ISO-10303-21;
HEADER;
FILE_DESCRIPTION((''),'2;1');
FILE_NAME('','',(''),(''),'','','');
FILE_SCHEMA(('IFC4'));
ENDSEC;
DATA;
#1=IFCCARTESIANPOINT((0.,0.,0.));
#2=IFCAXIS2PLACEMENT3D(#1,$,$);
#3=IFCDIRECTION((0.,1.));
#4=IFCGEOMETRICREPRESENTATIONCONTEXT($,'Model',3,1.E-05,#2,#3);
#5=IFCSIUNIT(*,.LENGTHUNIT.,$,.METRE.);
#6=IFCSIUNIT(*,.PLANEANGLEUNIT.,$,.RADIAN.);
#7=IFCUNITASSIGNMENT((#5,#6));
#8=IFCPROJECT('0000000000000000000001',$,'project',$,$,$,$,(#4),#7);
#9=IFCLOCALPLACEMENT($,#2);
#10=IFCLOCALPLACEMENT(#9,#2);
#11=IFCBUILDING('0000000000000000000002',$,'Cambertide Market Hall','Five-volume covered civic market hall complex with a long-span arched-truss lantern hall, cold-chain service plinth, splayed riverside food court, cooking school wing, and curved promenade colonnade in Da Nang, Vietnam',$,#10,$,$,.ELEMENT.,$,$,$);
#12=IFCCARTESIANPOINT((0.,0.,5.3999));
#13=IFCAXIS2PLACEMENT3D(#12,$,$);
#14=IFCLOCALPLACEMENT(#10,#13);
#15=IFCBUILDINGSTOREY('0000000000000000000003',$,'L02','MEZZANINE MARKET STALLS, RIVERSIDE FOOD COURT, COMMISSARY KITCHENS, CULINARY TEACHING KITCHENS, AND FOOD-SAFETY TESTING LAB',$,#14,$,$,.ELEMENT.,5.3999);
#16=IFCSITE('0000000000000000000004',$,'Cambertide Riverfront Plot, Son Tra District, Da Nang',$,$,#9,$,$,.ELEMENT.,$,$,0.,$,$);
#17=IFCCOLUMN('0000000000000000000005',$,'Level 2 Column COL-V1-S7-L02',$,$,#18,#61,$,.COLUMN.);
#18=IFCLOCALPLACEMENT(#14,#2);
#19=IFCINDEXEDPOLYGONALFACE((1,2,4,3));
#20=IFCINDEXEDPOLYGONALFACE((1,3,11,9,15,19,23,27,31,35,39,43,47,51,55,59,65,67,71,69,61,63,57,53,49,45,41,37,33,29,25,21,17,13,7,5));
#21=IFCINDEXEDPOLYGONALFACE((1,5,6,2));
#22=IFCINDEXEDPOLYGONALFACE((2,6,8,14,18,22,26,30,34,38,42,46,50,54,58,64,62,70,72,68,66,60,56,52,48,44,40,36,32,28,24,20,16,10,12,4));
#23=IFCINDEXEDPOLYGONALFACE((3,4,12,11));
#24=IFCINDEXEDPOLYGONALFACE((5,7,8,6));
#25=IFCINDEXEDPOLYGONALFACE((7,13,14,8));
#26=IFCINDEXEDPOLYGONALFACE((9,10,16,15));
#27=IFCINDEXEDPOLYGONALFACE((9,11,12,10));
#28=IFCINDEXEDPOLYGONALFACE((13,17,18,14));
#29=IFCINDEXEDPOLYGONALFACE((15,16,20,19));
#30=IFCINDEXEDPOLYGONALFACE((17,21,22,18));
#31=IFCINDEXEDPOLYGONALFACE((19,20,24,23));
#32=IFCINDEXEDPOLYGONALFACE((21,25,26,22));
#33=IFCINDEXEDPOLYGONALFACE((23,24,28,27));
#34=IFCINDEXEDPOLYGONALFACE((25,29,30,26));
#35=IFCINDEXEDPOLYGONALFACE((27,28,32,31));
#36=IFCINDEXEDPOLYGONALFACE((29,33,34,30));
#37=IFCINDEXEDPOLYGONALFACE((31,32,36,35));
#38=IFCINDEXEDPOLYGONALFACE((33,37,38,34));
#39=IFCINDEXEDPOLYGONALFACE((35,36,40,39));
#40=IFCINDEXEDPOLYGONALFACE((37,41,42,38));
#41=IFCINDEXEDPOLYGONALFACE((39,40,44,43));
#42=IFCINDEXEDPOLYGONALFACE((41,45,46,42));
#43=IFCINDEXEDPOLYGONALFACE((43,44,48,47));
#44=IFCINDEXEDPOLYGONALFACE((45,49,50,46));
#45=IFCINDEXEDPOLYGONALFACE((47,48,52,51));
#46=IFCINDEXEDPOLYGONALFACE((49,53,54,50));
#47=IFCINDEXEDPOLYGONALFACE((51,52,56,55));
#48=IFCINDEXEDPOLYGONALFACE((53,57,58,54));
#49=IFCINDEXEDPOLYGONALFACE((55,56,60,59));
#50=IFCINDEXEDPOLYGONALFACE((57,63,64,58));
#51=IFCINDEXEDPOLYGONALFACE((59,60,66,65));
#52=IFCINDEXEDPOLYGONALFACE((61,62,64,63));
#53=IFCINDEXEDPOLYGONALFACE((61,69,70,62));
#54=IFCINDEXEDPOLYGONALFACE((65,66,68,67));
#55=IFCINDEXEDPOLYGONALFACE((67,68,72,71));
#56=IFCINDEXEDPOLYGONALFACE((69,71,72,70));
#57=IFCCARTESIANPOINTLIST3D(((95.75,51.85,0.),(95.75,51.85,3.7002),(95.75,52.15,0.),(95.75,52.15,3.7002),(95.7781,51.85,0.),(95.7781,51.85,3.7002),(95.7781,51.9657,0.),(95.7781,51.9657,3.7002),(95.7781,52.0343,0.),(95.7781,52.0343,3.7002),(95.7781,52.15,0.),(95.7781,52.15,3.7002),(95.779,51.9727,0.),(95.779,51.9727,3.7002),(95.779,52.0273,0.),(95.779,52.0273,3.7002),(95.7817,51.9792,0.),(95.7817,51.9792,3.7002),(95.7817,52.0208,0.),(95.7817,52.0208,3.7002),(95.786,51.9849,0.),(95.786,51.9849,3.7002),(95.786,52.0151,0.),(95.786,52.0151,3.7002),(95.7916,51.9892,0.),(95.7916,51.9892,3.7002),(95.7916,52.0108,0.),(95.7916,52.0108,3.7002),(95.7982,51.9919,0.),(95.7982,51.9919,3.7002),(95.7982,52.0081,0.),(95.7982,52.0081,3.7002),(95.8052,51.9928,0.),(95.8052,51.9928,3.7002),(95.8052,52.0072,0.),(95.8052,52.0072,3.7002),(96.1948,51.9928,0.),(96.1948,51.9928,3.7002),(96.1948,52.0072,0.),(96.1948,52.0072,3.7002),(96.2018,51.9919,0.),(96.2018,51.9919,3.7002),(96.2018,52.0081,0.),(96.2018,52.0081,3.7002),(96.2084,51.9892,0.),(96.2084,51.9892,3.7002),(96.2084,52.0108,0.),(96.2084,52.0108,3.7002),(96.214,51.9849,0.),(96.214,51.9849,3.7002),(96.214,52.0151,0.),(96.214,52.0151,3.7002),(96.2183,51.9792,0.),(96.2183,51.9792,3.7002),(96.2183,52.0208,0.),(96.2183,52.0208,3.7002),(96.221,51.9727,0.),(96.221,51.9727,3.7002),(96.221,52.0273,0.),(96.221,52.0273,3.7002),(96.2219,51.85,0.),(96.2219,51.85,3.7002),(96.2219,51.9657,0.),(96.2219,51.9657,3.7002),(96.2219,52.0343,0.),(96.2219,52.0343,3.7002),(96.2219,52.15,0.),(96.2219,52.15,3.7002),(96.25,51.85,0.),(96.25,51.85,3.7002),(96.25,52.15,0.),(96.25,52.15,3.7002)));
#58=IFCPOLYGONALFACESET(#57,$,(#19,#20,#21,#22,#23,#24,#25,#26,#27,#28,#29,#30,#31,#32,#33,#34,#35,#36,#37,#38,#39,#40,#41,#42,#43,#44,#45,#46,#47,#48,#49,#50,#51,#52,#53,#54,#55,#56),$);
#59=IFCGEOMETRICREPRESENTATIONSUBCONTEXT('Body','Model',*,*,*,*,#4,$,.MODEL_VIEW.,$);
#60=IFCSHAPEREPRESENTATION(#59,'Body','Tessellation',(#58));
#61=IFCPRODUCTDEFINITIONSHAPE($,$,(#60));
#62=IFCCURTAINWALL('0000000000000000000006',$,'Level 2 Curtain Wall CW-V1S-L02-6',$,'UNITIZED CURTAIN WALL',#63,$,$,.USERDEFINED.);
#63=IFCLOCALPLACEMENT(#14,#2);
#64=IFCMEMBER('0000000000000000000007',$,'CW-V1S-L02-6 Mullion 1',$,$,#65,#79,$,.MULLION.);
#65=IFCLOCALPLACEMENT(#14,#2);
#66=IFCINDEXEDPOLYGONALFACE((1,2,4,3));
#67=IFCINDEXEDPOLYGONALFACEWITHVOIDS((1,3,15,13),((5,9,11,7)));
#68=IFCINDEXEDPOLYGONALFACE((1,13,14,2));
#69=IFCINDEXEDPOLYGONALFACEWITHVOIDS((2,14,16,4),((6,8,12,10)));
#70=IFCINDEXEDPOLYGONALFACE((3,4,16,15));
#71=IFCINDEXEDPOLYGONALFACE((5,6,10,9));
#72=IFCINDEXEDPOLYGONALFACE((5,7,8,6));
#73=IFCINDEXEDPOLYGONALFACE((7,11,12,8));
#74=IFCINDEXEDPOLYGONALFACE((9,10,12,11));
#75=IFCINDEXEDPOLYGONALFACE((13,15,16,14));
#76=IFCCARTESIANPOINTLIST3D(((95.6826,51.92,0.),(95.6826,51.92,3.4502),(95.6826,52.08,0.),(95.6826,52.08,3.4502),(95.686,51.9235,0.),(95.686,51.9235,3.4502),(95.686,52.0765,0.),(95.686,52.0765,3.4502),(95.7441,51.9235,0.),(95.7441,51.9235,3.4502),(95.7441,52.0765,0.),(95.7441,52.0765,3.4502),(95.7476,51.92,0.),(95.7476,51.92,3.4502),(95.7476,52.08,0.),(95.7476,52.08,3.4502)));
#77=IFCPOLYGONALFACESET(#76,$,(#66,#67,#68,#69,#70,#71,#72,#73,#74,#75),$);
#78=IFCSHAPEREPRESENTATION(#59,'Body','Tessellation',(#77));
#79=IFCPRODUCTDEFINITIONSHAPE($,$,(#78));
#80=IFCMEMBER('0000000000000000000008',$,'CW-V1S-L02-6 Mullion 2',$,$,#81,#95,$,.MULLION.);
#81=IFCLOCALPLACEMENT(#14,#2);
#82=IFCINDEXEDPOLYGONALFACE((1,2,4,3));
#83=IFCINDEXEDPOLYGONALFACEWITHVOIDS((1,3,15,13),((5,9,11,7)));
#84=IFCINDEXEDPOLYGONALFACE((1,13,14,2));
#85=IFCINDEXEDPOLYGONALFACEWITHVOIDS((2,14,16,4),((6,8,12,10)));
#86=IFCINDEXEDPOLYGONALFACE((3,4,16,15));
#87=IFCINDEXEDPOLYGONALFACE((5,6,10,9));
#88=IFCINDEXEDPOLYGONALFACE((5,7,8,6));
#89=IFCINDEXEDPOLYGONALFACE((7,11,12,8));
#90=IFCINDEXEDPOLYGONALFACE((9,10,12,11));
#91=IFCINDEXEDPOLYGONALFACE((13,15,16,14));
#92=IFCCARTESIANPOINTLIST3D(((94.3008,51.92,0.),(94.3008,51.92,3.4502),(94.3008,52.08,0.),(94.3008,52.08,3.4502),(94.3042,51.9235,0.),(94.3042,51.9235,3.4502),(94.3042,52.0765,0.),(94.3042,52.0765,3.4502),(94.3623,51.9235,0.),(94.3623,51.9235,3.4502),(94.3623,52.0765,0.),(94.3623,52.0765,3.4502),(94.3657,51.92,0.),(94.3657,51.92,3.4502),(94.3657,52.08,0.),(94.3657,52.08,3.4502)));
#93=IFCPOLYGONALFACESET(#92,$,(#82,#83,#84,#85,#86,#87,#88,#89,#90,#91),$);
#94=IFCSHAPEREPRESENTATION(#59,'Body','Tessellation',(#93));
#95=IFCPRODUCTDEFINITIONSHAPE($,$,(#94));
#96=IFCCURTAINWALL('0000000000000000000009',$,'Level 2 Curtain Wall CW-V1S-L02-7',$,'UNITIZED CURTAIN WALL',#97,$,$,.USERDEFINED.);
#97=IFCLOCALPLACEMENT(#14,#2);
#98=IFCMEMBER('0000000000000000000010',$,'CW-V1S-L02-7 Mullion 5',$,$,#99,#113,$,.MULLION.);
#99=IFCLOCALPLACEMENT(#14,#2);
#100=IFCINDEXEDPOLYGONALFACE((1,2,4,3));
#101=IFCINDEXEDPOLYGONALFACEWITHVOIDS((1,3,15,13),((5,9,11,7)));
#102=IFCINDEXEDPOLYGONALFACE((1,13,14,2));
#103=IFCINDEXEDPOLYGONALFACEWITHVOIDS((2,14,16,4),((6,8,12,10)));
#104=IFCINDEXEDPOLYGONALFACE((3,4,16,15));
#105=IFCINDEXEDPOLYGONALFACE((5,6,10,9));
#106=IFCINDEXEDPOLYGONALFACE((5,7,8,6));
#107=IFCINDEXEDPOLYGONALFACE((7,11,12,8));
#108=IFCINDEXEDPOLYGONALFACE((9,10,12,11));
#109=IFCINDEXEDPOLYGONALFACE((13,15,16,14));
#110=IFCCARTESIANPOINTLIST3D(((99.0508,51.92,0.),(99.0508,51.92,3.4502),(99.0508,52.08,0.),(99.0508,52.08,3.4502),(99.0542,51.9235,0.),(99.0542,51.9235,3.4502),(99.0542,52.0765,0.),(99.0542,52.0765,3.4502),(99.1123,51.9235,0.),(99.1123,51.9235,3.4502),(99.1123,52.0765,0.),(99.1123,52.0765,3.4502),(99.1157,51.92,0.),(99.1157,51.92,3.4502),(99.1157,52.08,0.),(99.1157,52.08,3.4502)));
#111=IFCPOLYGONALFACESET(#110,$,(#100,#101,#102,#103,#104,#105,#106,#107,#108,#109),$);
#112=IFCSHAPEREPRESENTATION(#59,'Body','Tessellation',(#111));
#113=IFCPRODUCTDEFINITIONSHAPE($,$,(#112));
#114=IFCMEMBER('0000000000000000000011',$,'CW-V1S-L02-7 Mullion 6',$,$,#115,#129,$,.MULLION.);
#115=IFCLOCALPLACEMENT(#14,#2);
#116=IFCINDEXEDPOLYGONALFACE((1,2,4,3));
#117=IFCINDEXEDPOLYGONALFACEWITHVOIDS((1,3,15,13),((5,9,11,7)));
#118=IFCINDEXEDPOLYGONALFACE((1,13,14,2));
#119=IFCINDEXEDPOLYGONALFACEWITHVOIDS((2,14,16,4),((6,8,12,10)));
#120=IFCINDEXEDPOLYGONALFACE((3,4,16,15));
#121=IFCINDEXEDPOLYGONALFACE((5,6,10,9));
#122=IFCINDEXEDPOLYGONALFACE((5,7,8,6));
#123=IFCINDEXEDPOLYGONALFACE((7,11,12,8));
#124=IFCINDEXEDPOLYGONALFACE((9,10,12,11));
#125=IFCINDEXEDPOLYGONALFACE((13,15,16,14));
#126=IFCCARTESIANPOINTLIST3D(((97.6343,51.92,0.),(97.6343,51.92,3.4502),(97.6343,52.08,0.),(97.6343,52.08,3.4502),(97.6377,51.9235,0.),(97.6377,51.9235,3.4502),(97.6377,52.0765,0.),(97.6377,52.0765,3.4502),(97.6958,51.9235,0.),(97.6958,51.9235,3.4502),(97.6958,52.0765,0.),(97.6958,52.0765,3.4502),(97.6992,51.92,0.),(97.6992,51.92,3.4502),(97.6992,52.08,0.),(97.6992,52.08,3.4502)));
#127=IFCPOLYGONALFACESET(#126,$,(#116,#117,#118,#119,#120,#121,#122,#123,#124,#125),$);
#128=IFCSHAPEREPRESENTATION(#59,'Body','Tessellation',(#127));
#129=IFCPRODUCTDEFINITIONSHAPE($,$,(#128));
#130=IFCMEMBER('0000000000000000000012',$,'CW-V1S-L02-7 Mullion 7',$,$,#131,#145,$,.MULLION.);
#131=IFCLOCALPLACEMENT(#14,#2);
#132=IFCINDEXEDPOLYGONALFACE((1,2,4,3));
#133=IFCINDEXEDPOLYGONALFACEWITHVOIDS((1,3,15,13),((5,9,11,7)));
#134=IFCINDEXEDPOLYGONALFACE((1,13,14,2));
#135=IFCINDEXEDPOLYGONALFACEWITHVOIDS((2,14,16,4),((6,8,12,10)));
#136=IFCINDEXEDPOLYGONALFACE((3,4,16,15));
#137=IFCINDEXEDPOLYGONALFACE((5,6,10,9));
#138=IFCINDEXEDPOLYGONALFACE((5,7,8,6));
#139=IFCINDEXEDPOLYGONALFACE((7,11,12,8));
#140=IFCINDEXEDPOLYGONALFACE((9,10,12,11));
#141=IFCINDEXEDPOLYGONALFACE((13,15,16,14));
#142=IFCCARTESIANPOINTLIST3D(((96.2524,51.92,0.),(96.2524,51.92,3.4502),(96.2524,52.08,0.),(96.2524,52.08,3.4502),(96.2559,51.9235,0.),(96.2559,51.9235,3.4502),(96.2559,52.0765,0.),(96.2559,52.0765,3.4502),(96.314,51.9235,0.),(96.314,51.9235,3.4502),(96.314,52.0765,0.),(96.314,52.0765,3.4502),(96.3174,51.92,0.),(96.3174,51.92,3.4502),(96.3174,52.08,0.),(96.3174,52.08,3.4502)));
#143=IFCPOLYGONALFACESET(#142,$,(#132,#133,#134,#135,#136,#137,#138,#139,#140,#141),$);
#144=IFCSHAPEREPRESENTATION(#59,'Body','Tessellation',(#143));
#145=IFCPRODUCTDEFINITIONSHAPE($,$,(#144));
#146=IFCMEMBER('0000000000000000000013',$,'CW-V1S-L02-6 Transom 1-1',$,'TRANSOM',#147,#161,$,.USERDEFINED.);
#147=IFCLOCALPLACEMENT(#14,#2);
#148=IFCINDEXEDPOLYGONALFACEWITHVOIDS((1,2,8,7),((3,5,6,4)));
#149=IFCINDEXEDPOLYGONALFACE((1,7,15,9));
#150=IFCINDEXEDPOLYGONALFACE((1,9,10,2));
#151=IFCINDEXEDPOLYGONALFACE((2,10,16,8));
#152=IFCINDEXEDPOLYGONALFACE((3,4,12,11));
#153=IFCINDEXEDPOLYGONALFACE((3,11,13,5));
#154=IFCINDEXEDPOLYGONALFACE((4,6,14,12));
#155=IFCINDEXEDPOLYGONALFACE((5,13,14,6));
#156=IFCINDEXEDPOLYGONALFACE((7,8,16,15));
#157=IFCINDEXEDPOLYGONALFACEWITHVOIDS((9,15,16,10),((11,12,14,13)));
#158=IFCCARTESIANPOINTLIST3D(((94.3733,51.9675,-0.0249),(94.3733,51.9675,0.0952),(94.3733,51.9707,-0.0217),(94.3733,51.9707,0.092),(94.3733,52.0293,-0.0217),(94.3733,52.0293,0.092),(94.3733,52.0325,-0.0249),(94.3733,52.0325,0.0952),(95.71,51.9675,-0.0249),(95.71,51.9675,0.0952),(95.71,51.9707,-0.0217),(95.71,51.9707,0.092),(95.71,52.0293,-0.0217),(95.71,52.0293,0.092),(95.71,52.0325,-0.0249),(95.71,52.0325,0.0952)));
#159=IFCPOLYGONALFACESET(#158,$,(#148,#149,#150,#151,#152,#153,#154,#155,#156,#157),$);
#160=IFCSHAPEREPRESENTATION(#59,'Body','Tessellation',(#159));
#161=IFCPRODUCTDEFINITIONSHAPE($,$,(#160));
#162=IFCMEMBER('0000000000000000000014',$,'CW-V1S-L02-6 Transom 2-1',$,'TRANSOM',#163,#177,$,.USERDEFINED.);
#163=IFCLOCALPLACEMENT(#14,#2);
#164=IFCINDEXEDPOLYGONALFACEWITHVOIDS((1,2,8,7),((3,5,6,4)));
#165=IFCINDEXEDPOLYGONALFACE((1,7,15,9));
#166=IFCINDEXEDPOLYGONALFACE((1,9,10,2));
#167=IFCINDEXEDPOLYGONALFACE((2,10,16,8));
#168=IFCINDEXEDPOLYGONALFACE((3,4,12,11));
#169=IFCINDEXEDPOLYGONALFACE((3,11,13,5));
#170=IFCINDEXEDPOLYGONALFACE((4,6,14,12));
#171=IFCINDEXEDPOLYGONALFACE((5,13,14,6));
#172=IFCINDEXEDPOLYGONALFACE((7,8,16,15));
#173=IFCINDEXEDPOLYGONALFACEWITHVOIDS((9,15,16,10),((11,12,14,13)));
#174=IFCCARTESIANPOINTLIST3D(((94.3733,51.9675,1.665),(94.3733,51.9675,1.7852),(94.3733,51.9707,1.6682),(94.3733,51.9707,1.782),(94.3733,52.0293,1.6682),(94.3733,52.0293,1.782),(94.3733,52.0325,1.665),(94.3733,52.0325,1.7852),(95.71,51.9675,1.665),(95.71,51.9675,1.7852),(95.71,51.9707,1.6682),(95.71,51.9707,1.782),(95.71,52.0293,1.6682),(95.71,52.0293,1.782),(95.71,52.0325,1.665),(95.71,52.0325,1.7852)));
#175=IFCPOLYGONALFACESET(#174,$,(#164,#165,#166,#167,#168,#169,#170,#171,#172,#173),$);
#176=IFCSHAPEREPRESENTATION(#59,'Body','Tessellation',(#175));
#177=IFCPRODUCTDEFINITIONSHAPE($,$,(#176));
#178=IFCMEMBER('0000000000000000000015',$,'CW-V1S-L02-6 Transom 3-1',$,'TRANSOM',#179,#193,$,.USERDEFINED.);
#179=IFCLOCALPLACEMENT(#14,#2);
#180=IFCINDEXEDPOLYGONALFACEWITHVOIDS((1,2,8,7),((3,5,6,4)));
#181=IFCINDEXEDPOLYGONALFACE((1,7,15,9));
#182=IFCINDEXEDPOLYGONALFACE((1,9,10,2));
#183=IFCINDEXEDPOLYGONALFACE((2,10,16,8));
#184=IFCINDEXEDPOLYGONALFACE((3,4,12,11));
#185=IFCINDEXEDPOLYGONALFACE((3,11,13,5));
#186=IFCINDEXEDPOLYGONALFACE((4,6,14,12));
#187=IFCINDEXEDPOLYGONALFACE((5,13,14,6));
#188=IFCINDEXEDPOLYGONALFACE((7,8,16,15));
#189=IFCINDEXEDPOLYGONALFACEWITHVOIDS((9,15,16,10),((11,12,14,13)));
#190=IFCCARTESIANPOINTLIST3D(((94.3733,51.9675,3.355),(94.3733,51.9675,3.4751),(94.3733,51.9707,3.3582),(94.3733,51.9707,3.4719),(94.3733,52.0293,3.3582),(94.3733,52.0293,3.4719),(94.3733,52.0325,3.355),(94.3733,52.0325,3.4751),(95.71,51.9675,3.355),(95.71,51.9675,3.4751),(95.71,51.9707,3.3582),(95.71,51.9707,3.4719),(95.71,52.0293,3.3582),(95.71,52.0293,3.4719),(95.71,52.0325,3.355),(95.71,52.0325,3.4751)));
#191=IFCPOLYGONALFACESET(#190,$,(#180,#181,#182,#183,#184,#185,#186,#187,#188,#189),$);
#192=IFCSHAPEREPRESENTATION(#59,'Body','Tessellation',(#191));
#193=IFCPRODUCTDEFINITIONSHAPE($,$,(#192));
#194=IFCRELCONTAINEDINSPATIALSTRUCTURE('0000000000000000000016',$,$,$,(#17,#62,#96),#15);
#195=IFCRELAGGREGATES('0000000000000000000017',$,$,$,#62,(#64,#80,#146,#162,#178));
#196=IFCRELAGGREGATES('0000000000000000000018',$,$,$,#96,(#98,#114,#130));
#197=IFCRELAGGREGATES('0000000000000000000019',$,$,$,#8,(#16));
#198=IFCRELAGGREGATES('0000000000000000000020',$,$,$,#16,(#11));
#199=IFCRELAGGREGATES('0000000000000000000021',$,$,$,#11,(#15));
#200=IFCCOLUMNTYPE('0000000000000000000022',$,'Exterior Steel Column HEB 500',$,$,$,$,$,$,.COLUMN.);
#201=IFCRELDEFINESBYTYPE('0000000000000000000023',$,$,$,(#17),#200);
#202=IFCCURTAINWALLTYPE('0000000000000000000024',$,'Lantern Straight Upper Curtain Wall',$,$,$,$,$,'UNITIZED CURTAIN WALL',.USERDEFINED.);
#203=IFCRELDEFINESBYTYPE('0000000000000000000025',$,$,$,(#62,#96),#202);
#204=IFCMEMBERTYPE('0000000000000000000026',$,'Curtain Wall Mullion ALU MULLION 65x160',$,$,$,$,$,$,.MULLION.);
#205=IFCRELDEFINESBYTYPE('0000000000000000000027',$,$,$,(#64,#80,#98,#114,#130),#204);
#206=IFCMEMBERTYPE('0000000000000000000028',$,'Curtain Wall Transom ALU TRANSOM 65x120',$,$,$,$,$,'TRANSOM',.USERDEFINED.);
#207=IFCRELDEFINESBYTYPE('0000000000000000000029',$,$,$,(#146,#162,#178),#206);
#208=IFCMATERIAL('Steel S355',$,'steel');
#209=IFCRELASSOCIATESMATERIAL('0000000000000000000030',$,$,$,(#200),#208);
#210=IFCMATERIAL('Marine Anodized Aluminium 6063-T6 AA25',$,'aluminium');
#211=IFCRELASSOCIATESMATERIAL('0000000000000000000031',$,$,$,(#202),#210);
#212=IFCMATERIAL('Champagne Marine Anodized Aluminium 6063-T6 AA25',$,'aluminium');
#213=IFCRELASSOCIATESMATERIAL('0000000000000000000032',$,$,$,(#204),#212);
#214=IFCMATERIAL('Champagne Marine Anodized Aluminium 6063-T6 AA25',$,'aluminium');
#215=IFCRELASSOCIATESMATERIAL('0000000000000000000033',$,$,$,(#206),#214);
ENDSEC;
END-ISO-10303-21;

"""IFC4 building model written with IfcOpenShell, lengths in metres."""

from ifc_helpers import new_model, si_unit, direction, frame, origin, origin_2d, place, context, subcontext, project, spatial, hollow_rectangle, i_section, extrude, material, material_profile, profile_set, type_object, element, aggregate, save


model = new_model("IFC4")

# Units and contexts
model_context = context("Model", 3, precision=1e-05, world=origin(), true_north=direction((0.0, 1.0)))
body_context = subcontext(model_context, "Body", "Model", "MODEL_VIEW")
ifc_project = project(units=[si_unit("LENGTHUNIT", "METRE"), si_unit("PLANEANGLEUNIT", "RADIAN")], contexts=[model_context])

# Site, building, storey
site_placement = place(None, origin())
site = spatial("IfcSite", under=ifc_project, at=site_placement, Name="Cambertide Riverfront Plot, Son Tra District, Da Nang", CompositionType="ELEMENT", RefElevation=0.0)
building_placement = place(site_placement, origin())
building = spatial("IfcBuilding", under=site, at=building_placement, Name="Cambertide Market Hall", Description="Five-volume covered civic market hall complex with a long-span arched-truss lantern hall, cold-chain service plinth, splayed riverside food court, cooking school wing, and curved promenade colonnade in Da Nang, Vietnam", CompositionType="ELEMENT")
storey_placement = place(building_placement, frame((0.0, 0.0, 5.3999)))
storey = spatial("IfcBuildingStorey", under=building, at=storey_placement, Name="L02", Description="MEZZANINE MARKET STALLS, RIVERSIDE FOOD COURT, COMMISSARY KITCHENS, CULINARY TEACHING KITCHENS, AND FOOD-SAFETY TESTING LAB", CompositionType="ELEMENT", Elevation=5.3999)

# Column
ifc_material_1 = material(Name="Steel S355", Category="steel")
ifc_material_profile_1 = material_profile(ifc_material_1, i_section(OverallWidth=0.3, OverallDepth=0.5, WebThickness=0.0144, FlangeThickness=0.0281, FilletRadius=0.0271, at=origin_2d()), Name="HEB 500")
ifc_profile_set_1 = profile_set([ifc_material_profile_1], Name="Steel S355")
column_type = type_object("IfcColumnType", Name="Exterior Steel Column HEB 500", PredefinedType="COLUMN", material=ifc_profile_set_1)
column_placement = place(storey_placement, frame((96.0, 52.0, 0.0), z_axis=(0.0, 0.0, 1.0), x_axis=(0.0, 1.0, 0.0)))
element("IfcColumn", 1, at=column_placement, inside=storey, type_object=column_type, Name="Level 2 Column COL-V1-S7-L02", PredefinedType="COLUMN", context=body_context, shape_type="SweptSolid", body=[
    extrude(i_section(OverallWidth=0.3, OverallDepth=0.5, WebThickness=0.0144, FlangeThickness=0.0281, FilletRadius=0.0271, at=origin_2d()), origin(), (0.0, 0.0, 1.0), 3.7002),
])

# Curtain walls, members
ifc_material_2 = material(Name="Marine Anodized Aluminium 6063-T6 AA25", Category="aluminium")
curtain_wall_type = type_object("IfcCurtainWallType", Name="Lantern Straight Upper Curtain Wall", ElementType="UNITIZED CURTAIN WALL", PredefinedType="USERDEFINED", material=ifc_material_2)
curtain_wall_1_placement = place(storey_placement, origin())
curtain_wall_1 = element("IfcCurtainWall", 2, at=curtain_wall_1_placement, inside=storey, type_object=curtain_wall_type, Name="Level 2 Curtain Wall CW-V1S-L02-6", ObjectType="UNITIZED CURTAIN WALL", PredefinedType="USERDEFINED")
ifc_material_3 = material(Name="Champagne Marine Anodized Aluminium 6063-T6 AA25", Category="aluminium")
ifc_material_profile_2 = material_profile(ifc_material_3, hollow_rectangle(XDim=0.0649, YDim=0.1599, WallThickness=0.0034, at=origin_2d()), Name="ALU MULLION 65x160")
ifc_profile_set_2 = profile_set([ifc_material_profile_2], Name="Champagne Marine Anodized Aluminium 6063-T6 AA25")
member_type_1 = type_object("IfcMemberType", Name="Curtain Wall Mullion ALU MULLION 65x160", PredefinedType="MULLION", material=ifc_profile_set_2)
member_1_placement = place(storey_placement, frame((95.7151, 52.0, 0.0), z_axis=(0.0, 0.0, 1.0), x_axis=(-1.0, 0.0, 0.0)))
member_1 = element("IfcMember", 3, at=member_1_placement, type_object=member_type_1, Name="CW-V1S-L02-6 Mullion 1", PredefinedType="MULLION", context=body_context, shape_type="SweptSolid", body=[
    extrude(hollow_rectangle(XDim=0.0649, YDim=0.1599, WallThickness=0.0034, at=origin_2d()), origin(), (0.0, 0.0, 1.0), 3.4502),
])
member_2_placement = place(storey_placement, frame((94.3333, 52.0, 0.0), z_axis=(0.0, 0.0, 1.0), x_axis=(-1.0, 0.0, 0.0)))
member_2 = element("IfcMember", 4, at=member_2_placement, type_object=member_type_1, Name="CW-V1S-L02-6 Mullion 2", PredefinedType="MULLION", context=body_context, shape_type="SweptSolid", body=[
    extrude(hollow_rectangle(XDim=0.0649, YDim=0.1599, WallThickness=0.0034, at=origin_2d()), origin(), (0.0, 0.0, 1.0), 3.4502),
])
curtain_wall_2_placement = place(storey_placement, origin())
curtain_wall_2 = element("IfcCurtainWall", 5, at=curtain_wall_2_placement, inside=storey, type_object=curtain_wall_type, Name="Level 2 Curtain Wall CW-V1S-L02-7", ObjectType="UNITIZED CURTAIN WALL", PredefinedType="USERDEFINED")
member_3_placement = place(storey_placement, frame((99.0833, 52.0, 0.0), z_axis=(0.0, 0.0, 1.0), x_axis=(-1.0, 0.0, 0.0)))
member_3 = element("IfcMember", 6, at=member_3_placement, type_object=member_type_1, Name="CW-V1S-L02-7 Mullion 5", PredefinedType="MULLION", context=body_context, shape_type="SweptSolid", body=[
    extrude(hollow_rectangle(XDim=0.0649, YDim=0.1599, WallThickness=0.0034, at=origin_2d()), origin(), (0.0, 0.0, 1.0), 3.4502),
])
member_4_placement = place(storey_placement, frame((97.6667, 52.0, 0.0), z_axis=(0.0, 0.0, 1.0), x_axis=(-1.0, 0.0, 0.0)))
member_4 = element("IfcMember", 7, at=member_4_placement, type_object=member_type_1, Name="CW-V1S-L02-7 Mullion 6", PredefinedType="MULLION", context=body_context, shape_type="SweptSolid", body=[
    extrude(hollow_rectangle(XDim=0.0649, YDim=0.1599, WallThickness=0.0034, at=origin_2d()), origin(), (0.0, 0.0, 1.0), 3.4502),
])
member_5_placement = place(storey_placement, frame((96.2849, 52.0, 0.0), z_axis=(0.0, 0.0, 1.0), x_axis=(-1.0, 0.0, 0.0)))
member_5 = element("IfcMember", 8, at=member_5_placement, type_object=member_type_1, Name="CW-V1S-L02-7 Mullion 7", PredefinedType="MULLION", context=body_context, shape_type="SweptSolid", body=[
    extrude(hollow_rectangle(XDim=0.0649, YDim=0.1599, WallThickness=0.0034, at=origin_2d()), origin(), (0.0, 0.0, 1.0), 3.4502),
])

# Members
ifc_material_4 = material(Name="Champagne Marine Anodized Aluminium 6063-T6 AA25", Category="aluminium")
ifc_material_profile_3 = material_profile(ifc_material_4, hollow_rectangle(XDim=0.0649, YDim=0.1201, WallThickness=0.0032, at=origin_2d()), Name="ALU TRANSOM 65x120")
ifc_profile_set_3 = profile_set([ifc_material_profile_3], Name="Champagne Marine Anodized Aluminium 6063-T6 AA25")
member_type_2 = type_object("IfcMemberType", Name="Curtain Wall Transom ALU TRANSOM 65x120", ElementType="TRANSOM", PredefinedType="USERDEFINED", material=ifc_profile_set_3)
member_6_placement = place(storey_placement, frame((95.71, 52.0, 0.0352), z_axis=(-1.0, 0.0, 0.0), x_axis=(0.0, -1.0, 0.0)))
member_6 = element("IfcMember", 9, at=member_6_placement, type_object=member_type_2, Name="CW-V1S-L02-6 Transom 1-1", ObjectType="TRANSOM", PredefinedType="USERDEFINED", context=body_context, shape_type="SweptSolid", body=[
    extrude(hollow_rectangle(XDim=0.0649, YDim=0.1201, WallThickness=0.0032, at=origin_2d()), origin(), (0.0, 0.0, 1.0), 1.3367),
])
member_7_placement = place(storey_placement, frame((95.71, 52.0, 1.7251), z_axis=(-1.0, 0.0, 0.0), x_axis=(0.0, -1.0, 0.0)))
member_7 = element("IfcMember", 10, at=member_7_placement, type_object=member_type_2, Name="CW-V1S-L02-6 Transom 2-1", ObjectType="TRANSOM", PredefinedType="USERDEFINED", context=body_context, shape_type="SweptSolid", body=[
    extrude(hollow_rectangle(XDim=0.0649, YDim=0.1201, WallThickness=0.0032, at=origin_2d()), origin(), (0.0, 0.0, 1.0), 1.3367),
])
member_8_placement = place(storey_placement, frame((95.71, 52.0, 3.415), z_axis=(-1.0, 0.0, 0.0), x_axis=(0.0, -1.0, 0.0)))
member_8 = element("IfcMember", 11, at=member_8_placement, type_object=member_type_2, Name="CW-V1S-L02-6 Transom 3-1", ObjectType="TRANSOM", PredefinedType="USERDEFINED", context=body_context, shape_type="SweptSolid", body=[
    extrude(hollow_rectangle(XDim=0.0649, YDim=0.1201, WallThickness=0.0032, at=origin_2d()), origin(), (0.0, 0.0, 1.0), 1.3367),
])

aggregate(curtain_wall_1, [member_1, member_2, member_6, member_7, member_8])
aggregate(curtain_wall_2, [member_3, member_4, member_5])

save(model, "model.ifc")
